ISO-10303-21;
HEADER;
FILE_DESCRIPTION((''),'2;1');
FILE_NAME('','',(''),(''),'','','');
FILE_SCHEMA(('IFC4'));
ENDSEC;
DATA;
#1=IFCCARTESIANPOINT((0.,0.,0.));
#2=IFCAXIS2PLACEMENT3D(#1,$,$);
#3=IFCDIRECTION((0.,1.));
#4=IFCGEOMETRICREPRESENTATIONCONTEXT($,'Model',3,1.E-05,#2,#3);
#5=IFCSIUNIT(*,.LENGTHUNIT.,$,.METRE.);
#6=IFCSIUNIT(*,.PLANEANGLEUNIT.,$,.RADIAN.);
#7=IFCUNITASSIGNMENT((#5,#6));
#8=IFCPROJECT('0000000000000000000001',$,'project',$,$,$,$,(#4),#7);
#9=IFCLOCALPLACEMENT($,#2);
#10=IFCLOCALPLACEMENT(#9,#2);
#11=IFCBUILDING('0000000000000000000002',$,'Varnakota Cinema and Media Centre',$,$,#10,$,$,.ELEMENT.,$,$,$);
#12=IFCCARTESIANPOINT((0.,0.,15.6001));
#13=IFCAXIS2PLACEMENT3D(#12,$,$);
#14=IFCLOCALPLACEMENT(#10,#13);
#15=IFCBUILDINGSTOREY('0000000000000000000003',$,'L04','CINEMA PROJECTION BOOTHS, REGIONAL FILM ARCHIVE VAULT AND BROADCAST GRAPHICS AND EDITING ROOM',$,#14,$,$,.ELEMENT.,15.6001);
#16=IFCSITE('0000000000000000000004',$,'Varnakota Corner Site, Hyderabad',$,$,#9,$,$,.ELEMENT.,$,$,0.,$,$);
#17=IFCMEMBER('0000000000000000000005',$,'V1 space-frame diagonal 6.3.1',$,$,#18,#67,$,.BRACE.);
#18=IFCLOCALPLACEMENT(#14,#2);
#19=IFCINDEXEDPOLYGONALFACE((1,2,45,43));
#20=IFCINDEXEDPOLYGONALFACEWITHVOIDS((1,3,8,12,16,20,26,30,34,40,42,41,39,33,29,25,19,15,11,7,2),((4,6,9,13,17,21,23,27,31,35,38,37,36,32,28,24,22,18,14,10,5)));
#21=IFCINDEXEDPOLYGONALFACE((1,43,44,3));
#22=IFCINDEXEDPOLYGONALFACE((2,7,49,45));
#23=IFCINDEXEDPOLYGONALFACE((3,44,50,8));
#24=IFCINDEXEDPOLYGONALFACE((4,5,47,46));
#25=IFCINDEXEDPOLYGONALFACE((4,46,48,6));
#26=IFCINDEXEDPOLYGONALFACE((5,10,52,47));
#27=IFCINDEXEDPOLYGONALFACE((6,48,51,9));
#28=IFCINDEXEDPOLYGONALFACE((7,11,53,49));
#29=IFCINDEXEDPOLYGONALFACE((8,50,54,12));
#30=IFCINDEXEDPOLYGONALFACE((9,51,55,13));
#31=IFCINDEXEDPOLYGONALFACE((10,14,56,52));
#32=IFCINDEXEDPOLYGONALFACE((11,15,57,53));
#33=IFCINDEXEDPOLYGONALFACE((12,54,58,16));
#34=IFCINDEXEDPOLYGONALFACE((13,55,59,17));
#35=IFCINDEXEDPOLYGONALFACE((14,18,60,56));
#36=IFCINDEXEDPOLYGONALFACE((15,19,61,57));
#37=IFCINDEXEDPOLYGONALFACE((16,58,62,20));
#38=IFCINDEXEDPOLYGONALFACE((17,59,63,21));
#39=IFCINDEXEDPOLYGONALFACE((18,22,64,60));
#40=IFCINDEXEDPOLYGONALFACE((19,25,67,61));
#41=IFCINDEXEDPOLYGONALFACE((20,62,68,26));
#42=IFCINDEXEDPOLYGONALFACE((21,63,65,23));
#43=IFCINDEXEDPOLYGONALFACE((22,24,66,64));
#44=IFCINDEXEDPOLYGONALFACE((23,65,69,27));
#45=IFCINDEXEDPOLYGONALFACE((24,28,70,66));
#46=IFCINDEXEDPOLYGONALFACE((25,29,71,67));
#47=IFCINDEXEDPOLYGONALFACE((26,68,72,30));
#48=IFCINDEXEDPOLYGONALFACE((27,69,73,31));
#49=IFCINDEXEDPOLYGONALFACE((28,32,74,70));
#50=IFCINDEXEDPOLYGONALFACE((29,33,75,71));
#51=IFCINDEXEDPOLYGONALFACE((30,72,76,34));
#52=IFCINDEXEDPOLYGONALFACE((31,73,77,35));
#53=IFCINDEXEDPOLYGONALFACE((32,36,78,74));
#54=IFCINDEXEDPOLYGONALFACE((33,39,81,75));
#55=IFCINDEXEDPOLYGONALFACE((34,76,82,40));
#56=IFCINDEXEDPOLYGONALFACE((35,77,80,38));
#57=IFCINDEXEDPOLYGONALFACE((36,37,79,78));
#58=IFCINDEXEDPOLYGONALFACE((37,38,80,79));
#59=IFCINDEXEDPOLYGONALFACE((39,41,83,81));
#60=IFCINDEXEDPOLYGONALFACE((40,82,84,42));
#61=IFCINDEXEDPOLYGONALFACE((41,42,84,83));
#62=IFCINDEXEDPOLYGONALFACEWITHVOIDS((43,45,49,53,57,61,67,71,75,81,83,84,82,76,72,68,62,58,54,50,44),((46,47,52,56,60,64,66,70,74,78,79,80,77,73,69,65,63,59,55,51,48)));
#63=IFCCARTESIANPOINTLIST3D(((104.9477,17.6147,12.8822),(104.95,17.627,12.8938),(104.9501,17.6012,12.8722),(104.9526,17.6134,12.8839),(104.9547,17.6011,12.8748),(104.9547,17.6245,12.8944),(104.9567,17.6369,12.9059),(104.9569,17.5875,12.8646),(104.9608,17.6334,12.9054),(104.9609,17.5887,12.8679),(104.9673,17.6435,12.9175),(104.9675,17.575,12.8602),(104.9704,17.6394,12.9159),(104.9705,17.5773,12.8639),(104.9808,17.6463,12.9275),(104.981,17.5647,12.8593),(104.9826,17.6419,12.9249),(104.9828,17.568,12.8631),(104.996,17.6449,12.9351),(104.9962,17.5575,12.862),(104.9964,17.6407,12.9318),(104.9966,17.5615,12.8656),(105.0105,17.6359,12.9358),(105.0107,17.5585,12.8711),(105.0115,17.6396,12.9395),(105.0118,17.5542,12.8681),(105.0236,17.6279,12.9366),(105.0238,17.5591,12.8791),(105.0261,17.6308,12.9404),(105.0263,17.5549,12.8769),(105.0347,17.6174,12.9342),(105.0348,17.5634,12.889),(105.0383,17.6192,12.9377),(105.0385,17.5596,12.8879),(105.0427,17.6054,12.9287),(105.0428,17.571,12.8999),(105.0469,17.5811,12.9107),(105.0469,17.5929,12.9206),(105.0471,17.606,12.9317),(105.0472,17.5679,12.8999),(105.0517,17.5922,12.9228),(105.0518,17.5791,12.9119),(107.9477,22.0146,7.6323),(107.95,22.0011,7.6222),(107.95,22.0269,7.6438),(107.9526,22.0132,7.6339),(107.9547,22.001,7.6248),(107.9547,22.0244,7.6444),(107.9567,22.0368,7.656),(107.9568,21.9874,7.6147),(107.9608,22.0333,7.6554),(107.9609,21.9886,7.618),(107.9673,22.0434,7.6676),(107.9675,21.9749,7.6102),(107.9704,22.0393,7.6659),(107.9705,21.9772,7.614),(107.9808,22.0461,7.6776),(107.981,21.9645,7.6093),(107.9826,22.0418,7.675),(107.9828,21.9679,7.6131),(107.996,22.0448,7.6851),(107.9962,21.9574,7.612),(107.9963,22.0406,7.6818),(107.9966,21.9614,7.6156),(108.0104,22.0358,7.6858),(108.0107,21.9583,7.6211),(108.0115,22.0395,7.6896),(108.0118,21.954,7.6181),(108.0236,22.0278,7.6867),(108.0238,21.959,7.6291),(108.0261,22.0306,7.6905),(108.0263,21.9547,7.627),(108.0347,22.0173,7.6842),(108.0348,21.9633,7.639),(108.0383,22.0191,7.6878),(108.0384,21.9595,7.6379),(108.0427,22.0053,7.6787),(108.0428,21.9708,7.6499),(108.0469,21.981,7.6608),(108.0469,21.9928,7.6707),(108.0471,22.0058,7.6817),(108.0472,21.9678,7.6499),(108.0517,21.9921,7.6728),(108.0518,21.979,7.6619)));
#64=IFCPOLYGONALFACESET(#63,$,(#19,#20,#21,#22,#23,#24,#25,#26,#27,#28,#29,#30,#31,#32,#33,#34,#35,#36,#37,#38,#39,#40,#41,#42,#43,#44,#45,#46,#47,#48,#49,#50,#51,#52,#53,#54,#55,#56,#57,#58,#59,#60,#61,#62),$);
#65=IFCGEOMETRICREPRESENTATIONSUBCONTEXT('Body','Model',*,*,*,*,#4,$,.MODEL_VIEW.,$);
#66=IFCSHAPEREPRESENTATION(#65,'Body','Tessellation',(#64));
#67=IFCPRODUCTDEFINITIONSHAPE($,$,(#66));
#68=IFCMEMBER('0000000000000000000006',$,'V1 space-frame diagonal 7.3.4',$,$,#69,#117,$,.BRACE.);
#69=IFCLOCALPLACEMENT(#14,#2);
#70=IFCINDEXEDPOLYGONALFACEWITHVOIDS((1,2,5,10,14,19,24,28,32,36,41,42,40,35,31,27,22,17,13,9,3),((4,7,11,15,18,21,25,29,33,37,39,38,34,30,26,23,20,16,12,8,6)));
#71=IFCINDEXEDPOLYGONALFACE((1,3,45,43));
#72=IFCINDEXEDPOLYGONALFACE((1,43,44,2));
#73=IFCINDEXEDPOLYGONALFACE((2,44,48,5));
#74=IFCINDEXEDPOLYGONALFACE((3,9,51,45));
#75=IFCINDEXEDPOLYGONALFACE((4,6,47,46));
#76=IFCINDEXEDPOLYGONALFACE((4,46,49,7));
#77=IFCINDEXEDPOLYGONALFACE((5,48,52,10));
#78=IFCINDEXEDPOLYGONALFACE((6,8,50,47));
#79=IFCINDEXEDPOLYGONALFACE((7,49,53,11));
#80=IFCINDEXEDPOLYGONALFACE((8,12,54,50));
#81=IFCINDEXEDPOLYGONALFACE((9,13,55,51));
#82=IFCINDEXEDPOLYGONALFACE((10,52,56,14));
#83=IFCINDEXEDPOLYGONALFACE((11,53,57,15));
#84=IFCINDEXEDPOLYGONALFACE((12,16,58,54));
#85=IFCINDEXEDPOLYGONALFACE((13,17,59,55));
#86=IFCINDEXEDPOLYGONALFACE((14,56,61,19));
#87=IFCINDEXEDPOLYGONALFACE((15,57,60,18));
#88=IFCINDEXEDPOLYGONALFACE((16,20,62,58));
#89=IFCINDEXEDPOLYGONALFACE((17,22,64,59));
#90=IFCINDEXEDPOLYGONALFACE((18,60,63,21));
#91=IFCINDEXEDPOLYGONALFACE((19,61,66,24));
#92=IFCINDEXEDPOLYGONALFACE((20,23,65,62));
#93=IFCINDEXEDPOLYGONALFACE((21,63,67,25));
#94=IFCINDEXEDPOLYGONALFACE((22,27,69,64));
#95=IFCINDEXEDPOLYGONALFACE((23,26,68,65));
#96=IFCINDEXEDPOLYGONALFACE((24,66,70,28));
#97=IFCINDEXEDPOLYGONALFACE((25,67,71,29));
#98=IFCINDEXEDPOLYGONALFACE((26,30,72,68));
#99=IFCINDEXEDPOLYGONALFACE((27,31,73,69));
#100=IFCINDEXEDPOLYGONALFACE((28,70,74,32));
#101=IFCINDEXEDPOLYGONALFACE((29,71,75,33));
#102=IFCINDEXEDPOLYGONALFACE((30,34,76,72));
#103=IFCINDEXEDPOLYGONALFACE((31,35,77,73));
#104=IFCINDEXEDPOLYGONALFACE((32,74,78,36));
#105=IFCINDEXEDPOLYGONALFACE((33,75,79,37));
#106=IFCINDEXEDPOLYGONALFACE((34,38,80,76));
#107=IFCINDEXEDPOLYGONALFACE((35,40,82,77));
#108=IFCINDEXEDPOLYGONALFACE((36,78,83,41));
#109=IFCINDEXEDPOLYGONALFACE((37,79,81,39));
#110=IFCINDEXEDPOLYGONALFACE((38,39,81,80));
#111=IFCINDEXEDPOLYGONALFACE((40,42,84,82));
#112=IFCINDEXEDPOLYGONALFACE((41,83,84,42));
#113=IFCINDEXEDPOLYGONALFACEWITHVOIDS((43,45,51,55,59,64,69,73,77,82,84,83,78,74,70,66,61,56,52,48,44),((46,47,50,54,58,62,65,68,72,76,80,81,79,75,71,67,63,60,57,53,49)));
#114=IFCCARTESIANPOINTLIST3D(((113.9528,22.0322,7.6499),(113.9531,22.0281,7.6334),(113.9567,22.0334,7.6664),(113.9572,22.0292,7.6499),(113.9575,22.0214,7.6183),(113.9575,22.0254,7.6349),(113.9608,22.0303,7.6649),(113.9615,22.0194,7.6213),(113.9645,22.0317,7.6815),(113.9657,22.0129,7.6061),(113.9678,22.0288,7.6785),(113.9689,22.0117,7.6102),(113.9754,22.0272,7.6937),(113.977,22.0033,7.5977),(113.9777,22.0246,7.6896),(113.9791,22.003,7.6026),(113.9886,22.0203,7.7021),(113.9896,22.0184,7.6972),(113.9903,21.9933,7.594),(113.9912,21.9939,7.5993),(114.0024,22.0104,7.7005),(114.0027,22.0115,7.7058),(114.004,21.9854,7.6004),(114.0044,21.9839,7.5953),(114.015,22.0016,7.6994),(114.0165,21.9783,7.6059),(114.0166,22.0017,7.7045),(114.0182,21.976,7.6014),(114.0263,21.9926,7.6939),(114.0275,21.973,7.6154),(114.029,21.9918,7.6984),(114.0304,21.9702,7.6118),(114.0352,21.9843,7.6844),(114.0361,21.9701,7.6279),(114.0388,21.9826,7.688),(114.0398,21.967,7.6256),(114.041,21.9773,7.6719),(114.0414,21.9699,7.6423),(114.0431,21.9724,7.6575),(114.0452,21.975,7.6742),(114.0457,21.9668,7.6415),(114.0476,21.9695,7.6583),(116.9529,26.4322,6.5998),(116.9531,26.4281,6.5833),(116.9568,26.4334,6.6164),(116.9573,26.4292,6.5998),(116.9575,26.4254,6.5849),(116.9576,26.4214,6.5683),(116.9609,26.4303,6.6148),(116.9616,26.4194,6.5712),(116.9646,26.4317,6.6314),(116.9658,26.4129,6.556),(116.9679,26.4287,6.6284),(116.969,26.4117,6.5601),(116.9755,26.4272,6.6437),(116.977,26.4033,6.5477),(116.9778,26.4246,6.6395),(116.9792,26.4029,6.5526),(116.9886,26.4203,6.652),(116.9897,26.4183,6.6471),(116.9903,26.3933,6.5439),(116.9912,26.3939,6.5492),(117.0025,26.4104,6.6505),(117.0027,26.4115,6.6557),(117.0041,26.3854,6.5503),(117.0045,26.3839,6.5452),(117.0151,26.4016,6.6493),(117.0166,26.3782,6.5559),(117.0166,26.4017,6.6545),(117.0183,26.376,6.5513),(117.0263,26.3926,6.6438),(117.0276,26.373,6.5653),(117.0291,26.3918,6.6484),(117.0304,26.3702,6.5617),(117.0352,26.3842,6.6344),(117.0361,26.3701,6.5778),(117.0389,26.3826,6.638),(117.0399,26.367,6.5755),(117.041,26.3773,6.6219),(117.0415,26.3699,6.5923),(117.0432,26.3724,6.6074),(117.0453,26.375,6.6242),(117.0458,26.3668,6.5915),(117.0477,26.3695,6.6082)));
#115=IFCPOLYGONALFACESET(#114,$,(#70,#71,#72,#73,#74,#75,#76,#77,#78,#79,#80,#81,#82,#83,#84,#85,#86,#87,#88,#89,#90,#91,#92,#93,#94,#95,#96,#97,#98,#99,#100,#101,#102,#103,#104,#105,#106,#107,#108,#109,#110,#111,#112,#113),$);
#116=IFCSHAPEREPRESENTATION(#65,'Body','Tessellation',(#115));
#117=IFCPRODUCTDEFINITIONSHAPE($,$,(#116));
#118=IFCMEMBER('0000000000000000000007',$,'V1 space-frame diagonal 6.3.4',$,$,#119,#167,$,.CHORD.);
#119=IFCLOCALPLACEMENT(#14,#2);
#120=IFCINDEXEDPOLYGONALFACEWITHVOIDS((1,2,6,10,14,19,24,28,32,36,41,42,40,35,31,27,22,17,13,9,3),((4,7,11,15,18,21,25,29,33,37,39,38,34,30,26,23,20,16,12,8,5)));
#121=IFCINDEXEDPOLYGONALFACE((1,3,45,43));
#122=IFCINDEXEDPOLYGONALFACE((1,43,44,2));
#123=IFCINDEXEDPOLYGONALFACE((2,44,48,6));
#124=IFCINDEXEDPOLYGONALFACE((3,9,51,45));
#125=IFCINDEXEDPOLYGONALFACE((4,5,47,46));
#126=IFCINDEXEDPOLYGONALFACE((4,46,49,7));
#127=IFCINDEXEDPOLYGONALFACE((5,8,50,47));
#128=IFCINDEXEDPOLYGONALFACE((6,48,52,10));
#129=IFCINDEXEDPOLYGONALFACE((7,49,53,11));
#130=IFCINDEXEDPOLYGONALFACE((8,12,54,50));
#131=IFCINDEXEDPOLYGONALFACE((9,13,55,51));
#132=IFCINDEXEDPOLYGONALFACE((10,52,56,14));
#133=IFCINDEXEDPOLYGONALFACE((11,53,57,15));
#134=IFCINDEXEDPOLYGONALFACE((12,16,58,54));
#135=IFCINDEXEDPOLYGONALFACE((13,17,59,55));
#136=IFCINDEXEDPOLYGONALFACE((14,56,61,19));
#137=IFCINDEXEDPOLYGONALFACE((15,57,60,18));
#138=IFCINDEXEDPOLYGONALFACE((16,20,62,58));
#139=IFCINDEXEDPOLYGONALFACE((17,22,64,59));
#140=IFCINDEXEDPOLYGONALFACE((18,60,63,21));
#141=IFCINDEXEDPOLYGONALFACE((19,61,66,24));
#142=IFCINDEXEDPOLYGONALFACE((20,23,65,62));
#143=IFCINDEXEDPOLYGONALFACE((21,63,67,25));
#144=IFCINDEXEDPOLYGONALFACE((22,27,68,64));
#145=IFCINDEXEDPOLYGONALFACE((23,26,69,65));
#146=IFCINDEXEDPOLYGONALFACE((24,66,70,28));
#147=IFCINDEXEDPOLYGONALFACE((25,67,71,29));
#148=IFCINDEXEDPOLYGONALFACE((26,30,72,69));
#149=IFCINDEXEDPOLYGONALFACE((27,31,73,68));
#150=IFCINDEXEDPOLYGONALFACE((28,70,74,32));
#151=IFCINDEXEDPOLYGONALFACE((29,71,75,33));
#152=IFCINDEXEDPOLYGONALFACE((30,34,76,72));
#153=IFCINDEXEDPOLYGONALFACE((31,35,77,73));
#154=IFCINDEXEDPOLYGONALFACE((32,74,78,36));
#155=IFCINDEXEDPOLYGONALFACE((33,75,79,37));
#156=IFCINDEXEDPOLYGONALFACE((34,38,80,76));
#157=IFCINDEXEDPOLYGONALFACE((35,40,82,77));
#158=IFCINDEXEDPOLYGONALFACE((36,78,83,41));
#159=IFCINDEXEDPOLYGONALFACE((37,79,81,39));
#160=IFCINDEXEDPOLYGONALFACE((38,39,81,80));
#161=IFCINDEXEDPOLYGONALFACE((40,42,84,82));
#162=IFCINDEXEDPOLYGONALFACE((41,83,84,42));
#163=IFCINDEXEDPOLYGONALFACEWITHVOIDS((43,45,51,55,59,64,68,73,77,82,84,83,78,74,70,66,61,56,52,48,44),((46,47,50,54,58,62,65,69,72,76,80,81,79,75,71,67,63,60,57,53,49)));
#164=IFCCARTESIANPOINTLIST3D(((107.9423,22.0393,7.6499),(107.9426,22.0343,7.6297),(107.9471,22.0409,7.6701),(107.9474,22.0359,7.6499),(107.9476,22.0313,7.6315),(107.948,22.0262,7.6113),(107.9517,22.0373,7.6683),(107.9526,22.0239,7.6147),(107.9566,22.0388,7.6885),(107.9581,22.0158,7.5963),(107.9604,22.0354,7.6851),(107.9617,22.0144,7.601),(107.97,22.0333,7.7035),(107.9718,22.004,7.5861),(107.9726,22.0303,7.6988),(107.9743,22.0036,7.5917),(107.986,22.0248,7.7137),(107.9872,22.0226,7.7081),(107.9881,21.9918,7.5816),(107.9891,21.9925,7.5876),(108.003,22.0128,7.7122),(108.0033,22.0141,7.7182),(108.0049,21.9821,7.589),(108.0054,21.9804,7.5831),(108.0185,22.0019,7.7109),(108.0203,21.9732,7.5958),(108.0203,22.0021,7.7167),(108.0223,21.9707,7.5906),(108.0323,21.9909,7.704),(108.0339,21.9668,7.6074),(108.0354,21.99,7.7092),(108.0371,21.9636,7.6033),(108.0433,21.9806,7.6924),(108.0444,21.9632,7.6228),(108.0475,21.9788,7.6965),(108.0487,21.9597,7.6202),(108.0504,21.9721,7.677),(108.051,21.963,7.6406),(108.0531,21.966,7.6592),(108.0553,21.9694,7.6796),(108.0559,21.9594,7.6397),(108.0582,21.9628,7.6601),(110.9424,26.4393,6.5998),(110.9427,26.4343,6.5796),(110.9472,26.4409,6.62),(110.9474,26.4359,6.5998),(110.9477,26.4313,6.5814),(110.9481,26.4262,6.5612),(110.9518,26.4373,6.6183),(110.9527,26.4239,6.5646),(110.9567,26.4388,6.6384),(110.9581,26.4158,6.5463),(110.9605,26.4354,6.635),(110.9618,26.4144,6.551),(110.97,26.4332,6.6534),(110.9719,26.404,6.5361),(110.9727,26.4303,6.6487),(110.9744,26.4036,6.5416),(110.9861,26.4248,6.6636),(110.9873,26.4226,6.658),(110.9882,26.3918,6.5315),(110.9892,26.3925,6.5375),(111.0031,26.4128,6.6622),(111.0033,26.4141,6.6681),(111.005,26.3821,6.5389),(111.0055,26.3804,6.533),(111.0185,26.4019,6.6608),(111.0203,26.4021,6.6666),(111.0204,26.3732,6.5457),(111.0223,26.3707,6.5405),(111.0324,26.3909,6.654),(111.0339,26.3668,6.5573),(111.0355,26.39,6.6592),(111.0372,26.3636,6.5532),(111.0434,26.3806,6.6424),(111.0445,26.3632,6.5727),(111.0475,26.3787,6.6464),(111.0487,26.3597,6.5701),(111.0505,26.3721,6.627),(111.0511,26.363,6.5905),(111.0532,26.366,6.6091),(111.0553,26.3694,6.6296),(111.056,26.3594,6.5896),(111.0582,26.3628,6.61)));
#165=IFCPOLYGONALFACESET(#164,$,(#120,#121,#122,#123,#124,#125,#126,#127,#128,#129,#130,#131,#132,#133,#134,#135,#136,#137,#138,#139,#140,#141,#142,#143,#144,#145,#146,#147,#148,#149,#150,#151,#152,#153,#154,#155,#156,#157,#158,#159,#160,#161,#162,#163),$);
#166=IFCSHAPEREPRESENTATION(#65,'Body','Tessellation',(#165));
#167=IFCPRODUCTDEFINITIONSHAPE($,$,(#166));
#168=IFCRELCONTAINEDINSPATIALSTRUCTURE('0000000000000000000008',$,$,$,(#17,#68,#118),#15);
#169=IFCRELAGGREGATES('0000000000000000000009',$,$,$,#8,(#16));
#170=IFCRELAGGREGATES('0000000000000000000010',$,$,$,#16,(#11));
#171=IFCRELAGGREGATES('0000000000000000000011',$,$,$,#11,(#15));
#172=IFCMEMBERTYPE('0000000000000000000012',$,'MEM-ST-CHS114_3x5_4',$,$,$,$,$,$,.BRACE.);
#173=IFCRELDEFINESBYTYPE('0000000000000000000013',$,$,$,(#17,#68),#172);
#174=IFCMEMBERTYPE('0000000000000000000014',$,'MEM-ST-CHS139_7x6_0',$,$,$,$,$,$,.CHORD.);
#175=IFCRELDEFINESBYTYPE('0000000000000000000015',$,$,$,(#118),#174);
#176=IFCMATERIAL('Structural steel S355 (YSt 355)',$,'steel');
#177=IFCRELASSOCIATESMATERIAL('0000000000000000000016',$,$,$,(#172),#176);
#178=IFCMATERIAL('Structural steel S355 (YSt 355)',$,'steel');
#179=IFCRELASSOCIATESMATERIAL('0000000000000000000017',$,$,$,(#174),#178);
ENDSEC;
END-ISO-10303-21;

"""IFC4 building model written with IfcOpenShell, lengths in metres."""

from ifc_helpers import new_model, si_unit, direction, frame, origin, origin_2d, place, context, subcontext, project, spatial, hollow_circle, extrude, material, material_profile, profile_set, type_object, element, save


model = new_model("IFC4")

# Units and contexts
model_context = context("Model", 3, precision=1e-05, world=origin(), true_north=direction((0.0, 1.0)))
body_context = subcontext(model_context, "Body", "Model", "MODEL_VIEW")
ifc_project = project(units=[si_unit("LENGTHUNIT", "METRE"), si_unit("PLANEANGLEUNIT", "RADIAN")], contexts=[model_context])

# Site, building, storey
site_placement = place(None, origin())
site = spatial("IfcSite", under=ifc_project, at=site_placement, Name="Varnakota Corner Site, Hyderabad", CompositionType="ELEMENT", RefElevation=0.0)
building_placement = place(site_placement, origin())
building = spatial("IfcBuilding", under=site, at=building_placement, Name="Varnakota Cinema and Media Centre", CompositionType="ELEMENT")
storey_placement = place(building_placement, frame((0.0, 0.0, 15.6001)))
storey = spatial("IfcBuildingStorey", under=building, at=storey_placement, Name="L04", Description="CINEMA PROJECTION BOOTHS, REGIONAL FILM ARCHIVE VAULT AND BROADCAST GRAPHICS AND EDITING ROOM", CompositionType="ELEMENT", Elevation=15.6001)

# Members
ifc_material_1 = material(Name="Structural steel S355 (YSt 355)", Category="steel")
ifc_material_profile_1 = material_profile(ifc_material_1, hollow_circle(Radius=0.0571, WallThickness=0.0054, at=origin_2d()), Name="CHS 114.3x5.4")
ifc_profile_set_1 = profile_set([ifc_material_profile_1], Name="Structural steel S355 (YSt 355)")
member_type_1 = type_object("IfcMemberType", Name="MEM-ST-CHS114_3x5_4", PredefinedType="BRACE", material=ifc_profile_set_1)
member_1_placement = place(storey_placement, frame((108.0, 22.0, 7.6499), z_axis=(-0.401173, -0.588373, 0.702052), x_axis=(0.826222, -0.563345, 0.0)))
element("IfcMember", 1, at=member_1_placement, inside=storey, type_object=member_type_1, Name="V1 space-frame diagonal 6.3.1", PredefinedType="BRACE", context=body_context, shape_type="SweptSolid", body=[
    extrude(hollow_circle(Radius=0.0571, WallThickness=0.0054, at=origin_2d()), origin(), (0.0, 0.0, 1.0), 7.478),
])
member_2_placement = place(storey_placement, frame((114.0, 22.0, 7.6499), z_axis=(0.552703, 0.810613, -0.193455), x_axis=(-0.826222, 0.563345, 0.0)))
element("IfcMember", 2, at=member_2_placement, inside=storey, type_object=member_type_1, Name="V1 space-frame diagonal 7.3.4", PredefinedType="BRACE", context=body_context, shape_type="SweptSolid", body=[
    extrude(hollow_circle(Radius=0.0571, WallThickness=0.0054, at=origin_2d()), origin(), (0.0, 0.0, 1.0), 5.428),
])
ifc_material_2 = material(Name="Structural steel S355 (YSt 355)", Category="steel")
ifc_material_profile_2 = material_profile(ifc_material_2, hollow_circle(Radius=0.0698, WallThickness=0.0061, at=origin_2d()), Name="CHS 139.7x6.0")
ifc_profile_set_2 = profile_set([ifc_material_profile_2], Name="Structural steel S355 (YSt 355)")
member_type_2 = type_object("IfcMemberType", Name="MEM-ST-CHS139_7x6_0", PredefinedType="CHORD", material=ifc_profile_set_2)
for number, where, z_axis, x_axis, name in (
    (3, (108.0, 22.0, 7.6499), (0.552703, 0.810613, -0.193455), (-0.826222, 0.563345, 0.0), "V1 space-frame diagonal 6.3.4"),
):
    element("IfcMember", number, at=place(storey_placement, frame(where, z_axis=z_axis, x_axis=x_axis)), inside=storey, type_object=member_type_2, Name=name, PredefinedType="CHORD", context=body_context, shape_type="SweptSolid", body=[
        extrude(hollow_circle(Radius=0.0698, WallThickness=0.0061, at=origin_2d()), origin(), (0.0, 0.0, 1.0), 5.428),
    ])

save(model, "model.ifc")
